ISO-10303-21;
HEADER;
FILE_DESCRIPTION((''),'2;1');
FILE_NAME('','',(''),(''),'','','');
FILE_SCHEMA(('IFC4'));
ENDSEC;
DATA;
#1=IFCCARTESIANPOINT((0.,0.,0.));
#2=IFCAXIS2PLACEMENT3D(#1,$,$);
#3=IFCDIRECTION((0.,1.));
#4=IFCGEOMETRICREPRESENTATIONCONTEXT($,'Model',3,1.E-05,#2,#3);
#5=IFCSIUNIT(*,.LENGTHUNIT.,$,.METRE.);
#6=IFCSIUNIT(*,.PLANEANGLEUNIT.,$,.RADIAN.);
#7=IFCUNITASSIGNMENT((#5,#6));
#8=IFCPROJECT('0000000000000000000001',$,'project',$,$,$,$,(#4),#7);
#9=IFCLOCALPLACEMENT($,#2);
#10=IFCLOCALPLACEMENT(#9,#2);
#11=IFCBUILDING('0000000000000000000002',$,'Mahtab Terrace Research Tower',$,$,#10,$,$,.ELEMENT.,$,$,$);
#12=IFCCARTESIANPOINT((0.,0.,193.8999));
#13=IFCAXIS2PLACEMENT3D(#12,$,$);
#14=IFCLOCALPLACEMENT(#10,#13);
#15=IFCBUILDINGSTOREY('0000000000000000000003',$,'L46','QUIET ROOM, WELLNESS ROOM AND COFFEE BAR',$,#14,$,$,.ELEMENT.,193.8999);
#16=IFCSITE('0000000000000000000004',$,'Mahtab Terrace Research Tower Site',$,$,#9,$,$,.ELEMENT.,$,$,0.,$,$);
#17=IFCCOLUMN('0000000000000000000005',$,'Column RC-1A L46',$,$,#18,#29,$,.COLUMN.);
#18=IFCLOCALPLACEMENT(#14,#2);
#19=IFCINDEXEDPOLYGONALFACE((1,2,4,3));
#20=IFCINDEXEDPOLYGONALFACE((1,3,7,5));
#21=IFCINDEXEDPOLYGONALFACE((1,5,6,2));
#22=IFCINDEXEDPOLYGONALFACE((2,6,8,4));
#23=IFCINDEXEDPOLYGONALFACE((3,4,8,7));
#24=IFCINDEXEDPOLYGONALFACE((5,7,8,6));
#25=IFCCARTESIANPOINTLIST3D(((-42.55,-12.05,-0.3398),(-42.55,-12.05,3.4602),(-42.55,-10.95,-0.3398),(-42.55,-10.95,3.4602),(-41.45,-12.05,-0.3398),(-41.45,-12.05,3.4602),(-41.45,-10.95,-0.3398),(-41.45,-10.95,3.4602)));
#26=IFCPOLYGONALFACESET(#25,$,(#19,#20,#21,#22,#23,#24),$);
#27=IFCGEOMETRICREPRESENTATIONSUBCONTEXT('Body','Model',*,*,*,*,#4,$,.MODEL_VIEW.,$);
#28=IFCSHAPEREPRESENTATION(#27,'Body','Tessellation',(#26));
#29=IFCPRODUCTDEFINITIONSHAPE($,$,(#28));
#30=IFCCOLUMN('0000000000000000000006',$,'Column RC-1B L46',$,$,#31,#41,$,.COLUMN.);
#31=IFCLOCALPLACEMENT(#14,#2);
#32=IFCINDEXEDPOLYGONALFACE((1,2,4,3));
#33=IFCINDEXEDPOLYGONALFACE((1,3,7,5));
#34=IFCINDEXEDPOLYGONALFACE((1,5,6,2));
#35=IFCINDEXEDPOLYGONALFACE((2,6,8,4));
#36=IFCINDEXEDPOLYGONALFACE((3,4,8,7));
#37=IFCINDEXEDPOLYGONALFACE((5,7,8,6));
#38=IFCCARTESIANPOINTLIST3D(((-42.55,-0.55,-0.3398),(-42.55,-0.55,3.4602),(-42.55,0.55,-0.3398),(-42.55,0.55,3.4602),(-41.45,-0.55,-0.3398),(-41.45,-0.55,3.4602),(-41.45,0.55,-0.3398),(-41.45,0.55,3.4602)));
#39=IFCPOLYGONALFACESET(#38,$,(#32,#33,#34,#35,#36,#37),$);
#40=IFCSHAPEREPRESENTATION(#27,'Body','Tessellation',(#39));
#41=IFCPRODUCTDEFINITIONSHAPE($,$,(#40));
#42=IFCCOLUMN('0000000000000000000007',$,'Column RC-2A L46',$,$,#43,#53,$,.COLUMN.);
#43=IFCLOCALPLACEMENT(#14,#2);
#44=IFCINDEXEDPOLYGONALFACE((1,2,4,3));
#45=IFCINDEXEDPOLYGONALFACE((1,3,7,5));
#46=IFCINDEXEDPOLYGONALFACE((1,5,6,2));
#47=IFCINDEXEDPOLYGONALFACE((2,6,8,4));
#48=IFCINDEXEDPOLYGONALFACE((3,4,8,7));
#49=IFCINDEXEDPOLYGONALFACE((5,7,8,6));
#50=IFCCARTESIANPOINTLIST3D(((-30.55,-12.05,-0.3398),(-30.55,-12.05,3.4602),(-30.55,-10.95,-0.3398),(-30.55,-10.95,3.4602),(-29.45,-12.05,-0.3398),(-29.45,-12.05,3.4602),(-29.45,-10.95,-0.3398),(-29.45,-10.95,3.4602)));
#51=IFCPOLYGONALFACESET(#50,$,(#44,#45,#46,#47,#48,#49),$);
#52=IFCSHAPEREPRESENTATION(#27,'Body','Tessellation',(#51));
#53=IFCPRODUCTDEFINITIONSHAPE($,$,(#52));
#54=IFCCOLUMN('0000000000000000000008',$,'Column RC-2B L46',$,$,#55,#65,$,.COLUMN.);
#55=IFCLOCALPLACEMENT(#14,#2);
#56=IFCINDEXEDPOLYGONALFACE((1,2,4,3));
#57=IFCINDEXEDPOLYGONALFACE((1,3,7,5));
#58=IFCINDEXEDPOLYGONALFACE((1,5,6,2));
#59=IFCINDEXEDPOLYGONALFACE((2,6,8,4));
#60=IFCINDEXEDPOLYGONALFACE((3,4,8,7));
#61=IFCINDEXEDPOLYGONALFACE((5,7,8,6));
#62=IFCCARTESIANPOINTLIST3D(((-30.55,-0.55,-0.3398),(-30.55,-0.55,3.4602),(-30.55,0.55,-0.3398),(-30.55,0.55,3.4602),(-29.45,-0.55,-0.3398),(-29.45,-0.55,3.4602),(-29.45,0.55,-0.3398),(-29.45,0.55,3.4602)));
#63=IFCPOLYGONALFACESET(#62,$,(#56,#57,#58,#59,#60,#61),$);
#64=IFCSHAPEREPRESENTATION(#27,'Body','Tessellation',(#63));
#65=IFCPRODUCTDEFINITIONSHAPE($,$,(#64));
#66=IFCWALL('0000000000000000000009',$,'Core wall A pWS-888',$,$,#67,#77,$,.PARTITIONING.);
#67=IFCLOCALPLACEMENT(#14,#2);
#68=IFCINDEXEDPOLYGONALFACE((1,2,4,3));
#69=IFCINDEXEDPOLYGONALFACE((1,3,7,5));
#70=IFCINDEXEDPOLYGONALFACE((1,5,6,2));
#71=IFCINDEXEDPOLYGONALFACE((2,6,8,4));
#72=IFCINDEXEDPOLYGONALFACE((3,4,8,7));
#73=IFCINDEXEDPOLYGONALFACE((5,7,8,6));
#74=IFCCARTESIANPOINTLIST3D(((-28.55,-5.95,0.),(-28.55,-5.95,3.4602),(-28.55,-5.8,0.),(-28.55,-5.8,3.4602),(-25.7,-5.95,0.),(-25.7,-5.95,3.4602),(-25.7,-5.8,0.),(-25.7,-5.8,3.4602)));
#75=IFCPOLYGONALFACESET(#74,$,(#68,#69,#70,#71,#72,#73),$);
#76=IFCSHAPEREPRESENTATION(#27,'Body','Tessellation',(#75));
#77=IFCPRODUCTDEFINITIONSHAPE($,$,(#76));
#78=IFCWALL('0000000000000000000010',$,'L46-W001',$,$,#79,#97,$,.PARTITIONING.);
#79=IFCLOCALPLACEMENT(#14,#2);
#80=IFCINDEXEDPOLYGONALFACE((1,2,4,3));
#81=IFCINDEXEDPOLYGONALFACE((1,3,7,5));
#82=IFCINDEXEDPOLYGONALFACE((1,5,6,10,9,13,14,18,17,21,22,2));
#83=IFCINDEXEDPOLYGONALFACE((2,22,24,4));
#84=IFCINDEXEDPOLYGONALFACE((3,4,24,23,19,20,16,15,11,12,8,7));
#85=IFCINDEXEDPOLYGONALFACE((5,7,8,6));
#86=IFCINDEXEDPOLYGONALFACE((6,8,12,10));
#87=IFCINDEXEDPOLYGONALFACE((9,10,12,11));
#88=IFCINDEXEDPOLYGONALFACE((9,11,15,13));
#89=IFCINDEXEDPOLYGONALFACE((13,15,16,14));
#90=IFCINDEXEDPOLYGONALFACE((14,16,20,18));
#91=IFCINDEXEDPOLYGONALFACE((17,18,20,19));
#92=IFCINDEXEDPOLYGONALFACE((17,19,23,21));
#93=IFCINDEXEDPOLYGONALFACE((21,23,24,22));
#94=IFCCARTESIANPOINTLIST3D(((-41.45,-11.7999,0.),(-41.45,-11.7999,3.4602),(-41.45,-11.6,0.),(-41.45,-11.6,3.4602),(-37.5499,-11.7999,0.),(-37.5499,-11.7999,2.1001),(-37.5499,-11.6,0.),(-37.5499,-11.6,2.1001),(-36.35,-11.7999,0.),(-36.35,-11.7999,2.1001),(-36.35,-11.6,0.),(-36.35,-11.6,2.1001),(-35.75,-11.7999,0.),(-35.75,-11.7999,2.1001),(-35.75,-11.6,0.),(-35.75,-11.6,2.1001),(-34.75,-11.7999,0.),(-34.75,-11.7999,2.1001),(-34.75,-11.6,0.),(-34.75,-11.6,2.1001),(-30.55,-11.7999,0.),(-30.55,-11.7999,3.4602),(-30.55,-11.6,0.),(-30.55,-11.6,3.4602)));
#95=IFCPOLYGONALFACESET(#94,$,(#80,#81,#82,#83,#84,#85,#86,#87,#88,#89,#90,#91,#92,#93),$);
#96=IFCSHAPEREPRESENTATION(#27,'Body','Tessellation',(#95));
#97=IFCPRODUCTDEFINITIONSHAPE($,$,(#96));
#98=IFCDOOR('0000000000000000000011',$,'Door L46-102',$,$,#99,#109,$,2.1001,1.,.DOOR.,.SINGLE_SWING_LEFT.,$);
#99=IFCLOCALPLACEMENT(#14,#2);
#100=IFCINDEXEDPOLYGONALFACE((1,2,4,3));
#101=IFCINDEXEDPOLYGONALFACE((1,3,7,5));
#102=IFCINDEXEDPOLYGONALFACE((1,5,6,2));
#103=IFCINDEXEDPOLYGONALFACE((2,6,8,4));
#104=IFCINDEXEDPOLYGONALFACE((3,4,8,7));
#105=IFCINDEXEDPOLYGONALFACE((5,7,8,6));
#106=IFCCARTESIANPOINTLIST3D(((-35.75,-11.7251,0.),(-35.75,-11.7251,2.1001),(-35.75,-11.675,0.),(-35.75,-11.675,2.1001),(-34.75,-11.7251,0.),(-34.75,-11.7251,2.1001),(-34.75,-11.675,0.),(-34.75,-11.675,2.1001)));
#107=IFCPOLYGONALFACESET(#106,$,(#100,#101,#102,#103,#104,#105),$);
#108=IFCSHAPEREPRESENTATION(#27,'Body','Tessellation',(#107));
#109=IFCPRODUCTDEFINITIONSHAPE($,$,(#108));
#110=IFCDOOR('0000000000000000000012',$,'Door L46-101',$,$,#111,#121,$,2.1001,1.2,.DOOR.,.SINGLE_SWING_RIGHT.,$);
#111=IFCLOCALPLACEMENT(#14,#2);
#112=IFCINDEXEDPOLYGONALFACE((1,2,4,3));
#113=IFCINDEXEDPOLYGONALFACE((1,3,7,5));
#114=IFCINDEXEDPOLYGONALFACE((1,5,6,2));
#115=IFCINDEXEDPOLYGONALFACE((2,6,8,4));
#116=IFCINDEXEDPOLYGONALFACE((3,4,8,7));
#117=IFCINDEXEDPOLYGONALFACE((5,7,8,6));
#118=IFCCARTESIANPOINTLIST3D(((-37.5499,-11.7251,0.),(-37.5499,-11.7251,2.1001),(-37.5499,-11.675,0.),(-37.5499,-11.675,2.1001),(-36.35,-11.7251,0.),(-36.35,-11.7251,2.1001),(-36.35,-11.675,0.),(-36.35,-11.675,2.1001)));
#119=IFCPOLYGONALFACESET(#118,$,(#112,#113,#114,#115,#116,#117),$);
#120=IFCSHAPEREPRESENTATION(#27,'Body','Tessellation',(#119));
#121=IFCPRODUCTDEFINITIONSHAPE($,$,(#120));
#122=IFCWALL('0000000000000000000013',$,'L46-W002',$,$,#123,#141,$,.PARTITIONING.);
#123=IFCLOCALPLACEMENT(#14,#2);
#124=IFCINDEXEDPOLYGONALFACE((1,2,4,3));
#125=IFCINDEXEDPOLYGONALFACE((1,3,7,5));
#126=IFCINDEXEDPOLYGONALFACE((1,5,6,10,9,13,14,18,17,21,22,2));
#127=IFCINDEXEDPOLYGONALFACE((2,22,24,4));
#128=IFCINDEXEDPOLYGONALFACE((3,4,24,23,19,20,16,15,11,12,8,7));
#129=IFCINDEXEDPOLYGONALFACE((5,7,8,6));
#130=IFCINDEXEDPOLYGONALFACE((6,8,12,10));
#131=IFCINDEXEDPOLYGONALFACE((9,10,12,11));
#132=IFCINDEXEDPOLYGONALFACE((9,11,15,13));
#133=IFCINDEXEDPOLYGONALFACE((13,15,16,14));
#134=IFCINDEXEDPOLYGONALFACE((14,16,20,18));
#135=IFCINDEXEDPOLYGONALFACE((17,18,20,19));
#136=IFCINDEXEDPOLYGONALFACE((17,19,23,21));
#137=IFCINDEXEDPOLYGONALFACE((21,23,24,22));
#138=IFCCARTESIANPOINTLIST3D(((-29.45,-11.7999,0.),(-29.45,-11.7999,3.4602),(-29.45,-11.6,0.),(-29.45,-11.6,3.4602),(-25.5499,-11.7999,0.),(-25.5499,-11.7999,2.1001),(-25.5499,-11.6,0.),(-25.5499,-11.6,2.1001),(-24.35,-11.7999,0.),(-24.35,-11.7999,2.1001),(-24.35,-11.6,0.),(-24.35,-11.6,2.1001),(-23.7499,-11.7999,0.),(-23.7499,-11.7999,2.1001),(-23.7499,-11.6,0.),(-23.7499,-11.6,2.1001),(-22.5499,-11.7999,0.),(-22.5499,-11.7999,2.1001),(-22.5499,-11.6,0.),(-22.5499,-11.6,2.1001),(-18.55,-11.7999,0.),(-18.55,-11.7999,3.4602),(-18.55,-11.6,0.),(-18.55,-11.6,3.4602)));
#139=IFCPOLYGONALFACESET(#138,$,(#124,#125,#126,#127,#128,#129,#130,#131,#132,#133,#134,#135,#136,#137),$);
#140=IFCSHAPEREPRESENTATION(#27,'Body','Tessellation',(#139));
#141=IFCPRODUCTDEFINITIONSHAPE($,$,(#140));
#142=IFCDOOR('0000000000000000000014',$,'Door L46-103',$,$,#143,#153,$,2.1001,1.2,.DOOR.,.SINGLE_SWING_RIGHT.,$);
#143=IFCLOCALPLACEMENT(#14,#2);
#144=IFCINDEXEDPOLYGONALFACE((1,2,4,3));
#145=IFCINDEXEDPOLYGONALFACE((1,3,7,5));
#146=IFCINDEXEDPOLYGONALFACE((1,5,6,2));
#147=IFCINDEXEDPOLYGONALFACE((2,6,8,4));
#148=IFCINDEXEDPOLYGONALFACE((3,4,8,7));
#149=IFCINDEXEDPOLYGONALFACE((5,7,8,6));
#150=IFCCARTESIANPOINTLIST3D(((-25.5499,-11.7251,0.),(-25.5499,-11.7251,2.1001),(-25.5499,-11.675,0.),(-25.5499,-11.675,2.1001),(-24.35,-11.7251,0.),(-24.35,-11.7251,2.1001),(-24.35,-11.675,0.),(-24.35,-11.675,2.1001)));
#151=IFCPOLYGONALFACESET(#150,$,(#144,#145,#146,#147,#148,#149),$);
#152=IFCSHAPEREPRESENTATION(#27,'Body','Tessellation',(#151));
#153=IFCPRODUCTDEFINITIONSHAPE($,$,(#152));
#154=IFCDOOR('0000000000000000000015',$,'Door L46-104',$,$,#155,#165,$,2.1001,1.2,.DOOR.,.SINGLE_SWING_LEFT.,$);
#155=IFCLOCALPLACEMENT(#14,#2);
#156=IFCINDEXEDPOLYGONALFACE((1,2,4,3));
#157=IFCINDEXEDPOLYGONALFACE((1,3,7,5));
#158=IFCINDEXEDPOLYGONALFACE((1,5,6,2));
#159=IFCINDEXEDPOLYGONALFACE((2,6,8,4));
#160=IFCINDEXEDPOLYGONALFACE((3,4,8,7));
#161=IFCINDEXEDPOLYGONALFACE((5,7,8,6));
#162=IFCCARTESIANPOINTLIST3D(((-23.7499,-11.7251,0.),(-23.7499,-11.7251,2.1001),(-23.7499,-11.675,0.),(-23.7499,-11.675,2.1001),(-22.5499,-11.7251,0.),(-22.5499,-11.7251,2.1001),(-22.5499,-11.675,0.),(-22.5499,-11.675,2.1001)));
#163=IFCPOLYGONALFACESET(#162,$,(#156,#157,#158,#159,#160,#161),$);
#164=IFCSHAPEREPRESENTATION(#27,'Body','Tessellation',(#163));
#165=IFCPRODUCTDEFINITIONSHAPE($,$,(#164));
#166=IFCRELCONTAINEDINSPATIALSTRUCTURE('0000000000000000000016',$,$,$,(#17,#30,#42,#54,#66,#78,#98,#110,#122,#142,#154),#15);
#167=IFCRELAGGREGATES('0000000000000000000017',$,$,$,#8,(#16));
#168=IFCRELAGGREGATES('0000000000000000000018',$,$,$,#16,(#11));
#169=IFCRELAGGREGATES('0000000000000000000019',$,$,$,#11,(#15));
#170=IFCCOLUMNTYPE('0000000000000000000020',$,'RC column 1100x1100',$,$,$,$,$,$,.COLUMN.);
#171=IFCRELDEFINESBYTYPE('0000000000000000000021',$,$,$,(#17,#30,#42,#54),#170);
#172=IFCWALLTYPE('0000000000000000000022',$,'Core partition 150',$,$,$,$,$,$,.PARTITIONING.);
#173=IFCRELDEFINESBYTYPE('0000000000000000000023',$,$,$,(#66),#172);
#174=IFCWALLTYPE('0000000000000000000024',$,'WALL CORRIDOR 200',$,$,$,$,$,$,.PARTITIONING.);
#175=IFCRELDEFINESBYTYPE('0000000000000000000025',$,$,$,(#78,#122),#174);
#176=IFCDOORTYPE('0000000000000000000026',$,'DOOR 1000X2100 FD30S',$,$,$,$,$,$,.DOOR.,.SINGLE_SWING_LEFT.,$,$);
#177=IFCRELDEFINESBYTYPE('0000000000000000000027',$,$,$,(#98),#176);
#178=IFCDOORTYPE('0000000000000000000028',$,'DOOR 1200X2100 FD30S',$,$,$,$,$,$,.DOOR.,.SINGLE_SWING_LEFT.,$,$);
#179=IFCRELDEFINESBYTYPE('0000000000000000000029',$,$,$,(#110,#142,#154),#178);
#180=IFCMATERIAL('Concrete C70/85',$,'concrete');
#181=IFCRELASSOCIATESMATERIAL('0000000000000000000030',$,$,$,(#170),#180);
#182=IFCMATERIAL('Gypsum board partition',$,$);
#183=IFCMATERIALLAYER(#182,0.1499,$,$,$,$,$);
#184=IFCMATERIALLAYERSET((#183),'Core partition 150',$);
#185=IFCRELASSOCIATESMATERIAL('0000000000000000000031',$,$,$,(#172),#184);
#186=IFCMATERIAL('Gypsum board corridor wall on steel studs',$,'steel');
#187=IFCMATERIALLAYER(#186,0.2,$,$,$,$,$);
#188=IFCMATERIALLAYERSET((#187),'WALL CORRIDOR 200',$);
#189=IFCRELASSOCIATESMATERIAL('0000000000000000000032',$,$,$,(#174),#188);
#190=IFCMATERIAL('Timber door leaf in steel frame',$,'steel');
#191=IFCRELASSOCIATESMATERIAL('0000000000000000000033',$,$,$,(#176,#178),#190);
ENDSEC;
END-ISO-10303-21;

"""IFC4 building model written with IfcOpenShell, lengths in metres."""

from ifc_helpers import new_model, si_unit, direction, frame, frame_2d, origin, origin_2d, place, context, subcontext, project, spatial, rectangle, extrude, material, layer, layer_set, material_profile, profile_set, type_object, element, fill, save


model = new_model("IFC4")

# Units and contexts
model_context = context("Model", 3, precision=1e-05, world=origin(), true_north=direction((0.0, 1.0)))
body_context = subcontext(model_context, "Body", "Model", "MODEL_VIEW")
ifc_project = project(units=[si_unit("LENGTHUNIT", "METRE"), si_unit("PLANEANGLEUNIT", "RADIAN")], contexts=[model_context])

# Site, building, storey
site_placement = place(None, origin())
site = spatial("IfcSite", under=ifc_project, at=site_placement, Name="Mahtab Terrace Research Tower Site", CompositionType="ELEMENT", RefElevation=0.0)
building_placement = place(site_placement, origin())
building = spatial("IfcBuilding", under=site, at=building_placement, Name="Mahtab Terrace Research Tower", CompositionType="ELEMENT")
storey_placement = place(building_placement, frame((0.0, 0.0, 193.8999)))
storey = spatial("IfcBuildingStorey", under=building, at=storey_placement, Name="L46", Description="QUIET ROOM, WELLNESS ROOM AND COFFEE BAR", CompositionType="ELEMENT", Elevation=193.8999)

# Columns
ifc_material_1 = material(Name="Concrete C70/85", Category="concrete")
ifc_material_profile = material_profile(ifc_material_1, rectangle(XDim=1.1001, YDim=1.1001, at=origin_2d()), Name="RC column 1100x1100")
ifc_profile_set = profile_set([ifc_material_profile], Name="Concrete C70/85")
column_type = type_object("IfcColumnType", Name="RC column 1100x1100", PredefinedType="COLUMN", material=ifc_profile_set)
for number, where, z_axis, x_axis, name in (
    (1, (-42.0, -11.5, -0.3398), (0.0, 0.0, 1.0), (1.0, 0.0, 0.0), "Column RC-1A L46"),
    (2, (-42.0, 0.0, -0.3398), (0.0, 0.0, 1.0), (1.0, 0.0, 0.0), "Column RC-1B L46"),
    (3, (-30.0, -11.5, -0.3398), (0.0, 0.0, 1.0), (1.0, 0.0, 0.0), "Column RC-2A L46"),
    (4, (-30.0, 0.0, -0.3398), (0.0, 0.0, 1.0), (1.0, 0.0, 0.0), "Column RC-2B L46"),
):
    element("IfcColumn", number, at=place(storey_placement, frame(where, z_axis=z_axis, x_axis=x_axis)), inside=storey, type_object=column_type, Name=name, PredefinedType="COLUMN", context=body_context, shape_type="SweptSolid", body=[
        extrude(rectangle(XDim=1.1001, YDim=1.1001, at=origin_2d()), origin(), (0.0, 0.0, 1.0), 3.8),
    ])

# Wall
ifc_material_2 = material(Name="Gypsum board partition")
ifc_layer_1 = layer(ifc_material_2, 0.1499)
ifc_layer_set_1 = layer_set([ifc_layer_1], Name="Core partition 150")
wall_type_1 = type_object("IfcWallType", Name="Core partition 150", PredefinedType="PARTITIONING", material=ifc_layer_set_1)
wall_1_placement = place(storey_placement, frame((-28.55, -5.875, 0.0), z_axis=(0.0, 0.0, 1.0), x_axis=(1.0, 0.0, 0.0)))
element("IfcWall", 5, at=wall_1_placement, inside=storey, type_object=wall_type_1, Name="Core wall A pWS-888", PredefinedType="PARTITIONING", context=body_context, shape_type="SweptSolid", body=[
    extrude(rectangle(XDim=2.8501, YDim=0.1499, at=frame_2d((1.425, 0.0))), origin(), (0.0, 0.0, 1.0), 3.4602),
])

# Walls, openings, doors
ifc_material_3 = material(Name="Gypsum board corridor wall on steel studs", Category="steel")
ifc_layer_2 = layer(ifc_material_3, 0.2)
ifc_layer_set_2 = layer_set([ifc_layer_2], Name="WALL CORRIDOR 200")
wall_type_2 = type_object("IfcWallType", Name="WALL CORRIDOR 200", PredefinedType="PARTITIONING", material=ifc_layer_set_2)
wall_2_placement = place(storey_placement, frame((-41.45, -11.7, 0.0), z_axis=(0.0, 0.0, 1.0), x_axis=(1.0, 0.0, 0.0)))
wall_2 = element("IfcWall", 6, at=wall_2_placement, inside=storey, type_object=wall_type_2, Name="L46-W001", PredefinedType="PARTITIONING", context=body_context, shape_type="SweptSolid", body=[
    extrude(rectangle(XDim=10.8999, YDim=0.2, at=frame_2d((5.45, 0.0))), origin(), (0.0, 0.0, 1.0), 3.4602),
])
opening_1_placement = place(wall_2_placement, frame((3.8999, 0.0, 0.0)))
opening_1 = element("IfcOpeningElement", 7, at=opening_1_placement, cuts=wall_2, PredefinedType="OPENING", context=body_context, shape_type="SweptSolid", body=[
    extrude(rectangle(XDim=1.2, YDim=2.1001, at=frame_2d((0.6001, 1.05))), frame((0.0, 0.1099, 0.0), z_axis=(0.0, -1.0, 0.0), x_axis=(1.0, 0.0, 0.0)), (0.0, 0.0, 1.0), 0.22),
])
opening_2_placement = place(wall_2_placement, frame((5.7, 0.0, 0.0)))
opening_2 = element("IfcOpeningElement", 8, at=opening_2_placement, cuts=wall_2, PredefinedType="OPENING", context=body_context, shape_type="SweptSolid", body=[
    extrude(rectangle(XDim=1.0, YDim=2.1001, at=frame_2d((0.5, 1.05))), frame((0.0, 0.1099, 0.0), z_axis=(0.0, -1.0, 0.0), x_axis=(1.0, 0.0, 0.0)), (0.0, 0.0, 1.0), 0.22),
])
ifc_material_4 = material(Name="Timber door leaf in steel frame", Category="steel")
door_type_1 = type_object("IfcDoorType", Name="DOOR 1000X2100 FD30S", OperationType="SINGLE_SWING_LEFT", PredefinedType="DOOR", material=ifc_material_4)
door_1_placement = place(opening_2_placement, origin())
door_1 = element("IfcDoor", 9, at=door_1_placement, inside=storey, type_object=door_type_1, Name="Door L46-102", OperationType="SINGLE_SWING_LEFT", OverallHeight=2.1001, OverallWidth=1.0, PredefinedType="DOOR", context=body_context, shape_type="SweptSolid", body=[
    extrude(rectangle(XDim=1.0, YDim=2.1001, at=frame_2d((0.5, 1.05))), frame((0.0, 0.0249, 0.0), z_axis=(0.0, -1.0, 0.0), x_axis=(1.0, 0.0, 0.0)), (0.0, 0.0, 1.0), 0.05),
])
fill(opening_2, door_1)
door_type_2 = type_object("IfcDoorType", Name="DOOR 1200X2100 FD30S", OperationType="SINGLE_SWING_LEFT", PredefinedType="DOOR", material=ifc_material_4)
door_2_placement = place(opening_1_placement, origin())
door_2 = element("IfcDoor", 10, at=door_2_placement, inside=storey, type_object=door_type_2, Name="Door L46-101", OperationType="SINGLE_SWING_RIGHT", OverallHeight=2.1001, OverallWidth=1.2, PredefinedType="DOOR", context=body_context, shape_type="SweptSolid", body=[
    extrude(rectangle(XDim=1.2, YDim=2.1001, at=frame_2d((0.6001, 1.05))), frame((0.0, 0.0249, 0.0), z_axis=(0.0, -1.0, 0.0), x_axis=(1.0, 0.0, 0.0)), (0.0, 0.0, 1.0), 0.05),
])
fill(opening_1, door_2)
wall_3_placement = place(storey_placement, frame((-29.45, -11.7, 0.0), z_axis=(0.0, 0.0, 1.0), x_axis=(1.0, 0.0, 0.0)))
wall_3 = element("IfcWall", 11, at=wall_3_placement, inside=storey, type_object=wall_type_2, Name="L46-W002", PredefinedType="PARTITIONING", context=body_context, shape_type="SweptSolid", body=[
    extrude(rectangle(XDim=10.8999, YDim=0.2, at=frame_2d((5.45, 0.0))), origin(), (0.0, 0.0, 1.0), 3.4602),
])
opening_3_placement = place(wall_3_placement, frame((3.8999, 0.0, 0.0)))
opening_3 = element("IfcOpeningElement", 12, at=opening_3_placement, cuts=wall_3, PredefinedType="OPENING", context=body_context, shape_type="SweptSolid", body=[
    extrude(rectangle(XDim=1.2, YDim=2.1001, at=frame_2d((0.6001, 1.05))), frame((0.0, 0.1099, 0.0), z_axis=(0.0, -1.0, 0.0), x_axis=(1.0, 0.0, 0.0)), (0.0, 0.0, 1.0), 0.22),
])
opening_4_placement = place(wall_3_placement, frame((5.7, 0.0, 0.0)))
opening_4 = element("IfcOpeningElement", 13, at=opening_4_placement, cuts=wall_3, PredefinedType="OPENING", context=body_context, shape_type="SweptSolid", body=[
    extrude(rectangle(XDim=1.2, YDim=2.1001, at=frame_2d((0.6001, 1.05))), frame((0.0, 0.1099, 0.0), z_axis=(0.0, -1.0, 0.0), x_axis=(1.0, 0.0, 0.0)), (0.0, 0.0, 1.0), 0.22),
])
door_3_placement = place(opening_3_placement, origin())
door_3 = element("IfcDoor", 14, at=door_3_placement, inside=storey, type_object=door_type_2, Name="Door L46-103", OperationType="SINGLE_SWING_RIGHT", OverallHeight=2.1001, OverallWidth=1.2, PredefinedType="DOOR", context=body_context, shape_type="SweptSolid", body=[
    extrude(rectangle(XDim=1.2, YDim=2.1001, at=frame_2d((0.6001, 1.05))), frame((0.0, 0.0249, 0.0), z_axis=(0.0, -1.0, 0.0), x_axis=(1.0, 0.0, 0.0)), (0.0, 0.0, 1.0), 0.05),
])
fill(opening_3, door_3)
door_4_placement = place(opening_4_placement, origin())
door_4 = element("IfcDoor", 15, at=door_4_placement, inside=storey, type_object=door_type_2, Name="Door L46-104", OperationType="SINGLE_SWING_LEFT", OverallHeight=2.1001, OverallWidth=1.2, PredefinedType="DOOR", context=body_context, shape_type="SweptSolid", body=[
    extrude(rectangle(XDim=1.2, YDim=2.1001, at=frame_2d((0.6001, 1.05))), frame((0.0, 0.0249, 0.0), z_axis=(0.0, -1.0, 0.0), x_axis=(1.0, 0.0, 0.0)), (0.0, 0.0, 1.0), 0.05),
])
fill(opening_4, door_4)

save(model, "model.ifc")
